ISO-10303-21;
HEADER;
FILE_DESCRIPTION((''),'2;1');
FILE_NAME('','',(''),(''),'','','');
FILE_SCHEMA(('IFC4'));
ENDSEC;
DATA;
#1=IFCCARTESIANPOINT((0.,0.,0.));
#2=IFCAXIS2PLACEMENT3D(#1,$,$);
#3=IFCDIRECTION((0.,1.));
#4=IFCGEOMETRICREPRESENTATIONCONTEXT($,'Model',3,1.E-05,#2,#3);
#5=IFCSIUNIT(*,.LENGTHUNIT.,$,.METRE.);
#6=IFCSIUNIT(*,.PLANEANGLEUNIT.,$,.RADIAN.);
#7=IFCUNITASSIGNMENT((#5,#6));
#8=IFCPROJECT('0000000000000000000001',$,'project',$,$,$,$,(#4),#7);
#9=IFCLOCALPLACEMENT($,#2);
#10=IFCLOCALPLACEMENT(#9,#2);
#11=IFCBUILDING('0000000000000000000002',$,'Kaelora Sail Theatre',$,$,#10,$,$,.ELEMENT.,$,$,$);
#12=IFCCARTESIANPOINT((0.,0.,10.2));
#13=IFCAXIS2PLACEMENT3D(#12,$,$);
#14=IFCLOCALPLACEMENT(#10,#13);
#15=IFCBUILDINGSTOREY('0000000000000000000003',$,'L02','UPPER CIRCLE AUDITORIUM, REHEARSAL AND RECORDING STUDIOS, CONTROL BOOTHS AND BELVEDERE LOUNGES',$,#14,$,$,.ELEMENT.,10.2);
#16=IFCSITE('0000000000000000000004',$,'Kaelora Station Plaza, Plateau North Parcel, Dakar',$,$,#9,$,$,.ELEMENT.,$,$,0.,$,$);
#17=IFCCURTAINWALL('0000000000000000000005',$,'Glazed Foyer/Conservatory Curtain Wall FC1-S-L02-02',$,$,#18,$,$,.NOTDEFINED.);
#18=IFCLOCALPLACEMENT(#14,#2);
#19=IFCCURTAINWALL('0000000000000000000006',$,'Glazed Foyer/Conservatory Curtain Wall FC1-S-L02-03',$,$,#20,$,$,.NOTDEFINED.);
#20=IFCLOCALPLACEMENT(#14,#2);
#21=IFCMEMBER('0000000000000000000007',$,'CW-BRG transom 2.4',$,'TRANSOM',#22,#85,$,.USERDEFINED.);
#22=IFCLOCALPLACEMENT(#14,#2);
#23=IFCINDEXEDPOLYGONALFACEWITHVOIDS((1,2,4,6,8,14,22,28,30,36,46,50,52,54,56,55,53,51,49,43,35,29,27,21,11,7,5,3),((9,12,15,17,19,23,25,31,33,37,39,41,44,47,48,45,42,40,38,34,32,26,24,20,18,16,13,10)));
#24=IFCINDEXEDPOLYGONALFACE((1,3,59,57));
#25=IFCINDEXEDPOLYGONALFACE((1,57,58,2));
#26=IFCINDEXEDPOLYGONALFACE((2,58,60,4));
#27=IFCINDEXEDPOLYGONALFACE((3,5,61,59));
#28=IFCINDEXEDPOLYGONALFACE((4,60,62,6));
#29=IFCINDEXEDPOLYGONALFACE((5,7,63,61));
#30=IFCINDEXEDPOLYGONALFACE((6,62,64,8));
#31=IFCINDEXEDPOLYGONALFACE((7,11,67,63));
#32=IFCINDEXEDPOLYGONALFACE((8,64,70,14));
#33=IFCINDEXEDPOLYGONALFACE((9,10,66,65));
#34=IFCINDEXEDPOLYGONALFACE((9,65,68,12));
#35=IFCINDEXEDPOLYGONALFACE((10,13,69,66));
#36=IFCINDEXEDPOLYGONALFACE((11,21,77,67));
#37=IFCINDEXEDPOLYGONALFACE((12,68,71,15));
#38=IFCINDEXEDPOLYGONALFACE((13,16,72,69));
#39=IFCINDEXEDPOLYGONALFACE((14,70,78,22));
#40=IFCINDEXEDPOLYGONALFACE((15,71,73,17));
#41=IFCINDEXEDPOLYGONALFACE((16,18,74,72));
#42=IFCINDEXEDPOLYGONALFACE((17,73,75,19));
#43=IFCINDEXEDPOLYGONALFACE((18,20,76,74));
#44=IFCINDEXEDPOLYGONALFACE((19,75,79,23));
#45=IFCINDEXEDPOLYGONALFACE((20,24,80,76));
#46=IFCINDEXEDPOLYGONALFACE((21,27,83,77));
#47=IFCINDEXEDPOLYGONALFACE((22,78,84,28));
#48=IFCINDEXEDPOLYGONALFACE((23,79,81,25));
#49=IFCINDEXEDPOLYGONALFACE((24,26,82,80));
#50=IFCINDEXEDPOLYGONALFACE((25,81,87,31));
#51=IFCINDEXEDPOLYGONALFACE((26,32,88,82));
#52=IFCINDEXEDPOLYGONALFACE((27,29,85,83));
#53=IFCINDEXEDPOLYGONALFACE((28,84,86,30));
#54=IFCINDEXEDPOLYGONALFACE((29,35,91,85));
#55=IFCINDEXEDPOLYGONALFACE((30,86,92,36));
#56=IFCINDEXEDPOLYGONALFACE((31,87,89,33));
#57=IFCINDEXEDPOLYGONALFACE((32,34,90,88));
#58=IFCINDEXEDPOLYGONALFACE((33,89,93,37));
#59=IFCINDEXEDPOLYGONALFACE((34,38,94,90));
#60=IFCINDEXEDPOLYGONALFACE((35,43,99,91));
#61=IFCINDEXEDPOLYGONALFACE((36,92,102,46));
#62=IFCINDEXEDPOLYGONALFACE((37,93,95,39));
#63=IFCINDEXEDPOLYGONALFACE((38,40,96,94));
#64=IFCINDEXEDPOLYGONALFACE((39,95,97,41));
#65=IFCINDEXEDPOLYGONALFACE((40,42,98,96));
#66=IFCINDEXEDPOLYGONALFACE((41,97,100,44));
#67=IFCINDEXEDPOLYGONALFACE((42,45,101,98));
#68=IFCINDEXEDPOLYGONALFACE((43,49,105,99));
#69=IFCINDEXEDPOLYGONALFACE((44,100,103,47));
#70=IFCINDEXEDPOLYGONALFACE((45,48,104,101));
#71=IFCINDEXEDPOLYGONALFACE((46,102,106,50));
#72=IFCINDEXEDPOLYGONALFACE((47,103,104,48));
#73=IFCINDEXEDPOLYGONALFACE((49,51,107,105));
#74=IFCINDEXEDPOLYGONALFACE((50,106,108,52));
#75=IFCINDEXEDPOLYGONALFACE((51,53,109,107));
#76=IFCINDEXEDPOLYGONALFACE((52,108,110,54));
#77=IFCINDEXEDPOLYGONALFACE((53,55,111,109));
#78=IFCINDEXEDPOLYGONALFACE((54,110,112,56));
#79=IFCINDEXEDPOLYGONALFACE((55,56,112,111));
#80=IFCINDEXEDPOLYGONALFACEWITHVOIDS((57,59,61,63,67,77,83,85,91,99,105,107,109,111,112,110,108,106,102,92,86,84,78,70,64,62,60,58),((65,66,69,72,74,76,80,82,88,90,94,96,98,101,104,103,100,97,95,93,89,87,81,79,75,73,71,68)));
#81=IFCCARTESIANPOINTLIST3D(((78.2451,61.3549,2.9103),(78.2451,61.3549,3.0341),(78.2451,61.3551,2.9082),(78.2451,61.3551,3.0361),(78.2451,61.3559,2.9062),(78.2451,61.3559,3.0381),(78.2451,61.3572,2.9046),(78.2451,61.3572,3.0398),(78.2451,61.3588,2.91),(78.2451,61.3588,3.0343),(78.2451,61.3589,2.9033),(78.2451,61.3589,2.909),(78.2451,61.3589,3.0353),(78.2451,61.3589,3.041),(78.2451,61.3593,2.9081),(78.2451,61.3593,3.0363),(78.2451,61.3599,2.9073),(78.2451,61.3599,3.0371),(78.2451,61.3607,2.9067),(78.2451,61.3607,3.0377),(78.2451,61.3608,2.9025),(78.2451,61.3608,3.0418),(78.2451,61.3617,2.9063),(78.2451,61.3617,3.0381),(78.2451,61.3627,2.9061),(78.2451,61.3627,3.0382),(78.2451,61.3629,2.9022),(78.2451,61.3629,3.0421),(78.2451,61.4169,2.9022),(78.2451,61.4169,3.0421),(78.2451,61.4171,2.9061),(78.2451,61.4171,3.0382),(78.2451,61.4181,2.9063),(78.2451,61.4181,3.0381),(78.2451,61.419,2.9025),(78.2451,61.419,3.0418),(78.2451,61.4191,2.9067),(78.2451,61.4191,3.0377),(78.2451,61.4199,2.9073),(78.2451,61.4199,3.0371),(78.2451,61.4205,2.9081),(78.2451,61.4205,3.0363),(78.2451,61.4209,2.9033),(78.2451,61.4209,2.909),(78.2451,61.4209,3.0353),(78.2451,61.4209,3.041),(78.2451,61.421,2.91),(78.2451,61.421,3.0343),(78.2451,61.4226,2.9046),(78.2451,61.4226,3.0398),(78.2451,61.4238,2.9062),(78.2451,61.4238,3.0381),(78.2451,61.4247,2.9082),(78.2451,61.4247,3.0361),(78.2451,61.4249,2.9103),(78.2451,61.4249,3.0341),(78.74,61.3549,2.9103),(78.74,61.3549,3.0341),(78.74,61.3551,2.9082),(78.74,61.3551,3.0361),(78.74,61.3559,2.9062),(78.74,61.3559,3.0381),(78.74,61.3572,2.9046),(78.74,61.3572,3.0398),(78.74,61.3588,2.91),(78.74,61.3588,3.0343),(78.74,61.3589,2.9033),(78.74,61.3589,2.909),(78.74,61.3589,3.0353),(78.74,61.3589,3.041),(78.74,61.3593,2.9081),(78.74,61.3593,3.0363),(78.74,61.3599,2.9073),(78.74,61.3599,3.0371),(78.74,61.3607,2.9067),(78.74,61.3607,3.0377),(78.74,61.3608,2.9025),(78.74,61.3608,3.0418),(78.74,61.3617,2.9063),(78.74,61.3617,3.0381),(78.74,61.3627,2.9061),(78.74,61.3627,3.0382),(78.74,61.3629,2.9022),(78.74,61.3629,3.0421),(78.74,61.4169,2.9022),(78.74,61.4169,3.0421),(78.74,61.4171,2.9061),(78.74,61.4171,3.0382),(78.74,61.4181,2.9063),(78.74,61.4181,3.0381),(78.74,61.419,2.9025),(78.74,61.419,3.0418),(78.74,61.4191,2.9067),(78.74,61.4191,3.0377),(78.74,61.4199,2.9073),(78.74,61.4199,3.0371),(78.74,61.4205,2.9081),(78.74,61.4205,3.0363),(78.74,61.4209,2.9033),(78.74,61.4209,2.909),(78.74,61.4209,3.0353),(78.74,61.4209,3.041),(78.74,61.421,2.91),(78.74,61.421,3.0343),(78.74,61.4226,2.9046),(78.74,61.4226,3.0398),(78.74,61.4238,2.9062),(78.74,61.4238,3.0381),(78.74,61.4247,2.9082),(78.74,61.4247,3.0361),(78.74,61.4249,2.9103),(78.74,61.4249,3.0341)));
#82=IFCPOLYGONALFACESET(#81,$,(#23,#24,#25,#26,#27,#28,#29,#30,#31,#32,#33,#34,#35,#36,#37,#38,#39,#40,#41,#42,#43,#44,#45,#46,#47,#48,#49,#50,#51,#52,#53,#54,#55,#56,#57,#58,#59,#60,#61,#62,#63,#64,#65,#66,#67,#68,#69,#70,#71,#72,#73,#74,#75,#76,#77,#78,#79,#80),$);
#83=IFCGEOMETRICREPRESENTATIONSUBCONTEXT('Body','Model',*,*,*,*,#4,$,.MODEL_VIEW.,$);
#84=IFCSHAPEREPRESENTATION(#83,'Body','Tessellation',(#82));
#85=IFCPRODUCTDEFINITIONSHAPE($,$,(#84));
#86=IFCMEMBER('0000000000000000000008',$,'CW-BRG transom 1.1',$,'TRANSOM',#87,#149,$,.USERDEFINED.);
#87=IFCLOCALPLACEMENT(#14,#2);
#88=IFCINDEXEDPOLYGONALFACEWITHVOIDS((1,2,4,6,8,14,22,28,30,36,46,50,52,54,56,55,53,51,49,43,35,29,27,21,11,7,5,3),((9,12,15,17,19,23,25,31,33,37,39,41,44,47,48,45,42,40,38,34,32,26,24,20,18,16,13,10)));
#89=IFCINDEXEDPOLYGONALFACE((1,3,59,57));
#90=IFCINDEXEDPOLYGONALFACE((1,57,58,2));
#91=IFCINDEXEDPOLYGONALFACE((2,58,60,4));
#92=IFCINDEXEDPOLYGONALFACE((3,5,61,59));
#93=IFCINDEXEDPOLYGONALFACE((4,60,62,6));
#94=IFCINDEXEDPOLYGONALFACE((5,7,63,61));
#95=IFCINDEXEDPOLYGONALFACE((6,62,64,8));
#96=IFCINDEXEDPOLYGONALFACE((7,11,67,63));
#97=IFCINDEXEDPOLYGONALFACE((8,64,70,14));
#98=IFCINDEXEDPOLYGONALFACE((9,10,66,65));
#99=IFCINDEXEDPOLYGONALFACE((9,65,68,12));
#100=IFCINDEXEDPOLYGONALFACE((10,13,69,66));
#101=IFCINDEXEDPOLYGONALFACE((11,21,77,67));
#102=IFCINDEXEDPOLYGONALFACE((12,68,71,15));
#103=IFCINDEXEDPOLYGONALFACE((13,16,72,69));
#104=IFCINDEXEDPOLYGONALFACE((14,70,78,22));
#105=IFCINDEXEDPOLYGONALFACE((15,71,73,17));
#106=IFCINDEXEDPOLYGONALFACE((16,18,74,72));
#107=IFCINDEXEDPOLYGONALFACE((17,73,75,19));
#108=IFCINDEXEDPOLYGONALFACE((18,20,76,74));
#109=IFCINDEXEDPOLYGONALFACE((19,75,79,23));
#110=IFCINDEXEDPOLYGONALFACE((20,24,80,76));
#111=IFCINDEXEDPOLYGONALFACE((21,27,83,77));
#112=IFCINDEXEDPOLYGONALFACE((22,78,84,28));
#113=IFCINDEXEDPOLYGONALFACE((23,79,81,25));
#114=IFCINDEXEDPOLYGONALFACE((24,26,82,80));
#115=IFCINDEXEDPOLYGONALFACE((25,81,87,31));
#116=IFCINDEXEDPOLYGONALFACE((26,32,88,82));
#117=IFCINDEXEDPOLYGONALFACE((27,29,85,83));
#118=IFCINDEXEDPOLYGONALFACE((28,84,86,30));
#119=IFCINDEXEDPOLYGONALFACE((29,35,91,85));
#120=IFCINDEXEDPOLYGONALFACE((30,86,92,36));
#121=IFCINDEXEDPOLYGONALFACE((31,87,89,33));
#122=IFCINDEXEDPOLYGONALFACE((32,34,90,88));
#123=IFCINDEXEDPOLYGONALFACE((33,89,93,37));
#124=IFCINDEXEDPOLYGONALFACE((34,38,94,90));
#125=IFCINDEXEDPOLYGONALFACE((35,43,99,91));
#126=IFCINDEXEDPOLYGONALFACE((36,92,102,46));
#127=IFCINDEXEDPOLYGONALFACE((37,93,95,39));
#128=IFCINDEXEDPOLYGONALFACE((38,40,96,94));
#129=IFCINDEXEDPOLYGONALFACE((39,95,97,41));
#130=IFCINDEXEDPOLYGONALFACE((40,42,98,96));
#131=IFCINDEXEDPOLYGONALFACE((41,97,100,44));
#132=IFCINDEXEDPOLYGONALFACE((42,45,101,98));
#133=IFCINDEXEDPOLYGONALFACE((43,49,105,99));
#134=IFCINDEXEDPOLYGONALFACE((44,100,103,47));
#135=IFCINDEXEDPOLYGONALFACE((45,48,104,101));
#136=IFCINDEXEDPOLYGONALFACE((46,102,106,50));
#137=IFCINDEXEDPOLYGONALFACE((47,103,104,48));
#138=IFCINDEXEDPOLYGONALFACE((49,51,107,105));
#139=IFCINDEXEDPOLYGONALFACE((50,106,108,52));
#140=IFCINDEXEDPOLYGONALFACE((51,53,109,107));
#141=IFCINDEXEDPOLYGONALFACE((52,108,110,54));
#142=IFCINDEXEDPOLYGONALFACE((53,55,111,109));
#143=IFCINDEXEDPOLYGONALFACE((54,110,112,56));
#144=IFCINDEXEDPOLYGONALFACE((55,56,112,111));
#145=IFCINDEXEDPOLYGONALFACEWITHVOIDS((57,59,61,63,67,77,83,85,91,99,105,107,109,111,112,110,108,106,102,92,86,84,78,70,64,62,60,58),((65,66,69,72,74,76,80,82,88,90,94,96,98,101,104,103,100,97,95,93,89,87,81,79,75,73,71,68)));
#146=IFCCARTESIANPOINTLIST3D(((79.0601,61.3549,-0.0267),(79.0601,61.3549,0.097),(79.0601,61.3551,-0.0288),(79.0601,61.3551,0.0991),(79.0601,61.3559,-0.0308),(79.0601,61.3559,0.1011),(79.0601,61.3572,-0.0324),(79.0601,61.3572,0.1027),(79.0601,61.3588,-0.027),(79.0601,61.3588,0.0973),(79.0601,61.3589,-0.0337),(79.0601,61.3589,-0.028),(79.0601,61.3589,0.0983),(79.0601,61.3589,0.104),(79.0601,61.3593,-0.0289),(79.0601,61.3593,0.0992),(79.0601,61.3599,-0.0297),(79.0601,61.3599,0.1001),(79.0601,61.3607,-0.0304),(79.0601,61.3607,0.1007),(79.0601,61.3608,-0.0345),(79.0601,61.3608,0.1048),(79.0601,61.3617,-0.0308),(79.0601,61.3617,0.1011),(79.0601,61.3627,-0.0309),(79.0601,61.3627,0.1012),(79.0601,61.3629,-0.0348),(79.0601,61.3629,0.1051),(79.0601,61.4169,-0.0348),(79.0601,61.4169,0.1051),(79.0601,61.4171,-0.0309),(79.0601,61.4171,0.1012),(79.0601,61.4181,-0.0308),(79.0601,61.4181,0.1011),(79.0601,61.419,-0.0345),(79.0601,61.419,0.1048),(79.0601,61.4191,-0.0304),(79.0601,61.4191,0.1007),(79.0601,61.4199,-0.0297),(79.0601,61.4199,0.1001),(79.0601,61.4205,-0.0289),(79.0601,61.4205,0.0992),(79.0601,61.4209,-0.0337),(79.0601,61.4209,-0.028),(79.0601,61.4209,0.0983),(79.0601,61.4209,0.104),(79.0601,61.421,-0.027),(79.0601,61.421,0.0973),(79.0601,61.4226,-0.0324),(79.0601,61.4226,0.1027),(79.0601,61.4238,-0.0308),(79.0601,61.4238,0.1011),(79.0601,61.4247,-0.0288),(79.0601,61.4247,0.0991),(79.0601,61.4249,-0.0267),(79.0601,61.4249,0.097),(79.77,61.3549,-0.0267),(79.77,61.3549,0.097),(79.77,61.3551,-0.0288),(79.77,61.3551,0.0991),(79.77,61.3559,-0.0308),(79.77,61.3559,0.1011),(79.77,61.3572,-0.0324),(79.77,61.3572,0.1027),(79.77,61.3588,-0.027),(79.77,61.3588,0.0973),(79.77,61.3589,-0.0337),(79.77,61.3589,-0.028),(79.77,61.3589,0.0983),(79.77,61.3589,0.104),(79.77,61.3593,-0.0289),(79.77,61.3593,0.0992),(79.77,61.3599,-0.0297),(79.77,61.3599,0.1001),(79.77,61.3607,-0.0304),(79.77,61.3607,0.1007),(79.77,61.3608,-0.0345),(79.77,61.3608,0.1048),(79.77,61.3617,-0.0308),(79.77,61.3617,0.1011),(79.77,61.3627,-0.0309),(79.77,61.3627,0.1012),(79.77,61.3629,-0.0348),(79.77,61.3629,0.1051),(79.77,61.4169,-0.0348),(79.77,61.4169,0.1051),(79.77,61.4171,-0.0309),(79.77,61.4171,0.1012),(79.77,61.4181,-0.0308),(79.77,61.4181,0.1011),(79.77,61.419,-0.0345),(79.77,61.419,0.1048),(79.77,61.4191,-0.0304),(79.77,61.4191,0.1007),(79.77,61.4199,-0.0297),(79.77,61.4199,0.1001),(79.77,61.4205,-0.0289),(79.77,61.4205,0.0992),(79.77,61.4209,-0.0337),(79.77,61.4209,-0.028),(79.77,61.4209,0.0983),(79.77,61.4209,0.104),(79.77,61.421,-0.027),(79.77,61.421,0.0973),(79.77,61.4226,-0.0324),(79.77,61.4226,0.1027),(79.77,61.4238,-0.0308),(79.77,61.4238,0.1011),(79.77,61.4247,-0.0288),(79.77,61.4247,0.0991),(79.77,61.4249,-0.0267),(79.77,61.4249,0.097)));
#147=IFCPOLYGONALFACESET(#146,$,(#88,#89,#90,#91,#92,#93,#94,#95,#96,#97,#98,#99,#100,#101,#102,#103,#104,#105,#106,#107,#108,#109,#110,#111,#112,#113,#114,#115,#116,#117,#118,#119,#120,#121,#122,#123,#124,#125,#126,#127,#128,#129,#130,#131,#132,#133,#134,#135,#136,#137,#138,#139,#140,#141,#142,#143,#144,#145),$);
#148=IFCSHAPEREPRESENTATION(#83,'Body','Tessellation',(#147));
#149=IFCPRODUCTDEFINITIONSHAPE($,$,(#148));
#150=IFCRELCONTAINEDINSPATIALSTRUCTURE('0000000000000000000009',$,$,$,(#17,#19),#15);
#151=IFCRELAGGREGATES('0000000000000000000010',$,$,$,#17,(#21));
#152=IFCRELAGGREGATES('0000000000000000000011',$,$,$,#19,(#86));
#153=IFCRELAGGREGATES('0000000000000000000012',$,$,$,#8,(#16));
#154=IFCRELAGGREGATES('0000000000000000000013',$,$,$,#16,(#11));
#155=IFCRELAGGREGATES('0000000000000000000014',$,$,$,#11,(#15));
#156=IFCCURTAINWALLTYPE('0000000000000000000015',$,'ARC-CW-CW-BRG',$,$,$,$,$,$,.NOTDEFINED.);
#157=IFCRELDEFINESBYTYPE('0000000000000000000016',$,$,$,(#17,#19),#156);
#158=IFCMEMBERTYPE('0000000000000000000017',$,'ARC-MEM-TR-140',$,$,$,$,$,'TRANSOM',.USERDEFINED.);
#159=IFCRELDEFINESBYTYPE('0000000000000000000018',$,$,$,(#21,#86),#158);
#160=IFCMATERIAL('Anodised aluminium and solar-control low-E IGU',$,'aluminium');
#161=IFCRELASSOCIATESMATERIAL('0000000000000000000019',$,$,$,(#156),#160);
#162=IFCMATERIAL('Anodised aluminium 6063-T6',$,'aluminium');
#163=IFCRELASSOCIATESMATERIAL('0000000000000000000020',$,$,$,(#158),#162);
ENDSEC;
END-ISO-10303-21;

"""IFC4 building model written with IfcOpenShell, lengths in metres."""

from ifc_helpers import new_model, si_unit, direction, frame, origin, origin_2d, place, context, subcontext, project, spatial, hollow_rectangle, extrude, material, material_profile, profile_set, type_object, element, aggregate, save


model = new_model("IFC4")

# Units and contexts
model_context = context("Model", 3, precision=1e-05, world=origin(), true_north=direction((0.0, 1.0)))
body_context = subcontext(model_context, "Body", "Model", "MODEL_VIEW")
ifc_project = project(units=[si_unit("LENGTHUNIT", "METRE"), si_unit("PLANEANGLEUNIT", "RADIAN")], contexts=[model_context])

# Site, building, storey
site_placement = place(None, origin())
site = spatial("IfcSite", under=ifc_project, at=site_placement, Name="Kaelora Station Plaza, Plateau North Parcel, Dakar", CompositionType="ELEMENT", RefElevation=0.0)
building_placement = place(site_placement, origin())
building = spatial("IfcBuilding", under=site, at=building_placement, Name="Kaelora Sail Theatre", CompositionType="ELEMENT")
storey_placement = place(building_placement, frame((0.0, 0.0, 10.2)))
storey = spatial("IfcBuildingStorey", under=building, at=storey_placement, Name="L02", Description="UPPER CIRCLE AUDITORIUM, REHEARSAL AND RECORDING STUDIOS, CONTROL BOOTHS AND BELVEDERE LOUNGES", CompositionType="ELEMENT", Elevation=10.2)

# Curtain walls
ifc_material_1 = material(Name="Anodised aluminium and solar-control low-E IGU", Category="aluminium")
curtain_wall_type = type_object("IfcCurtainWallType", Name="ARC-CW-CW-BRG", PredefinedType="NOTDEFINED", material=ifc_material_1)
curtain_wall_1_placement = place(storey_placement, origin())
curtain_wall_1 = element("IfcCurtainWall", 1, at=curtain_wall_1_placement, inside=storey, type_object=curtain_wall_type, Name="Glazed Foyer/Conservatory Curtain Wall FC1-S-L02-02", PredefinedType="NOTDEFINED")
curtain_wall_2_placement = place(storey_placement, origin())
curtain_wall_2 = element("IfcCurtainWall", 2, at=curtain_wall_2_placement, inside=storey, type_object=curtain_wall_type, Name="Glazed Foyer/Conservatory Curtain Wall FC1-S-L02-03", PredefinedType="NOTDEFINED")

# Members
ifc_material_2 = material(Name="Anodised aluminium 6063-T6", Category="aluminium")
ifc_material_profile_1 = material_profile(ifc_material_2, hollow_rectangle(XDim=0.0701, YDim=0.1399, WallThickness=0.0039, InnerFilletRadius=0.0039, OuterFilletRadius=0.0081, at=origin_2d()), Name="ALU-TRAN 70x140x4")
ifc_profile_set_1 = profile_set([ifc_material_profile_1], Name="Anodised aluminium 6063-T6")
member_type_1 = type_object("IfcMemberType", Name="ARC-MEM-TR-140", ElementType="TRANSOM", PredefinedType="USERDEFINED", material=ifc_profile_set_1)
member_1_placement = place(storey_placement, frame((78.2451, 61.3899, 2.9722), z_axis=(1.0, 0.0, 0.0), x_axis=(0.0, 1.0, 0.0)))
member_1 = element("IfcMember", 3, at=member_1_placement, type_object=member_type_1, Name="CW-BRG transom 2.4", ObjectType="TRANSOM", PredefinedType="USERDEFINED", context=body_context, shape_type="SweptSolid", body=[
    extrude(hollow_rectangle(XDim=0.0701, YDim=0.1399, WallThickness=0.0039, InnerFilletRadius=0.0039, OuterFilletRadius=0.0081, at=origin_2d()), origin(), (0.0, 0.0, 1.0), 0.4949),
])
member_2_placement = place(storey_placement, frame((79.0601, 61.3899, 0.0352), z_axis=(1.0, 0.0, 0.0), x_axis=(0.0, 1.0, 0.0)))
member_2 = element("IfcMember", 4, at=member_2_placement, type_object=member_type_1, Name="CW-BRG transom 1.1", ObjectType="TRANSOM", PredefinedType="USERDEFINED", context=body_context, shape_type="SweptSolid", body=[
    extrude(hollow_rectangle(XDim=0.0701, YDim=0.1399, WallThickness=0.0039, InnerFilletRadius=0.0039, OuterFilletRadius=0.0081, at=origin_2d()), origin(), (0.0, 0.0, 1.0), 0.71),
])

aggregate(curtain_wall_1, [member_1])
aggregate(curtain_wall_2, [member_2])

save(model, "model.ifc")
